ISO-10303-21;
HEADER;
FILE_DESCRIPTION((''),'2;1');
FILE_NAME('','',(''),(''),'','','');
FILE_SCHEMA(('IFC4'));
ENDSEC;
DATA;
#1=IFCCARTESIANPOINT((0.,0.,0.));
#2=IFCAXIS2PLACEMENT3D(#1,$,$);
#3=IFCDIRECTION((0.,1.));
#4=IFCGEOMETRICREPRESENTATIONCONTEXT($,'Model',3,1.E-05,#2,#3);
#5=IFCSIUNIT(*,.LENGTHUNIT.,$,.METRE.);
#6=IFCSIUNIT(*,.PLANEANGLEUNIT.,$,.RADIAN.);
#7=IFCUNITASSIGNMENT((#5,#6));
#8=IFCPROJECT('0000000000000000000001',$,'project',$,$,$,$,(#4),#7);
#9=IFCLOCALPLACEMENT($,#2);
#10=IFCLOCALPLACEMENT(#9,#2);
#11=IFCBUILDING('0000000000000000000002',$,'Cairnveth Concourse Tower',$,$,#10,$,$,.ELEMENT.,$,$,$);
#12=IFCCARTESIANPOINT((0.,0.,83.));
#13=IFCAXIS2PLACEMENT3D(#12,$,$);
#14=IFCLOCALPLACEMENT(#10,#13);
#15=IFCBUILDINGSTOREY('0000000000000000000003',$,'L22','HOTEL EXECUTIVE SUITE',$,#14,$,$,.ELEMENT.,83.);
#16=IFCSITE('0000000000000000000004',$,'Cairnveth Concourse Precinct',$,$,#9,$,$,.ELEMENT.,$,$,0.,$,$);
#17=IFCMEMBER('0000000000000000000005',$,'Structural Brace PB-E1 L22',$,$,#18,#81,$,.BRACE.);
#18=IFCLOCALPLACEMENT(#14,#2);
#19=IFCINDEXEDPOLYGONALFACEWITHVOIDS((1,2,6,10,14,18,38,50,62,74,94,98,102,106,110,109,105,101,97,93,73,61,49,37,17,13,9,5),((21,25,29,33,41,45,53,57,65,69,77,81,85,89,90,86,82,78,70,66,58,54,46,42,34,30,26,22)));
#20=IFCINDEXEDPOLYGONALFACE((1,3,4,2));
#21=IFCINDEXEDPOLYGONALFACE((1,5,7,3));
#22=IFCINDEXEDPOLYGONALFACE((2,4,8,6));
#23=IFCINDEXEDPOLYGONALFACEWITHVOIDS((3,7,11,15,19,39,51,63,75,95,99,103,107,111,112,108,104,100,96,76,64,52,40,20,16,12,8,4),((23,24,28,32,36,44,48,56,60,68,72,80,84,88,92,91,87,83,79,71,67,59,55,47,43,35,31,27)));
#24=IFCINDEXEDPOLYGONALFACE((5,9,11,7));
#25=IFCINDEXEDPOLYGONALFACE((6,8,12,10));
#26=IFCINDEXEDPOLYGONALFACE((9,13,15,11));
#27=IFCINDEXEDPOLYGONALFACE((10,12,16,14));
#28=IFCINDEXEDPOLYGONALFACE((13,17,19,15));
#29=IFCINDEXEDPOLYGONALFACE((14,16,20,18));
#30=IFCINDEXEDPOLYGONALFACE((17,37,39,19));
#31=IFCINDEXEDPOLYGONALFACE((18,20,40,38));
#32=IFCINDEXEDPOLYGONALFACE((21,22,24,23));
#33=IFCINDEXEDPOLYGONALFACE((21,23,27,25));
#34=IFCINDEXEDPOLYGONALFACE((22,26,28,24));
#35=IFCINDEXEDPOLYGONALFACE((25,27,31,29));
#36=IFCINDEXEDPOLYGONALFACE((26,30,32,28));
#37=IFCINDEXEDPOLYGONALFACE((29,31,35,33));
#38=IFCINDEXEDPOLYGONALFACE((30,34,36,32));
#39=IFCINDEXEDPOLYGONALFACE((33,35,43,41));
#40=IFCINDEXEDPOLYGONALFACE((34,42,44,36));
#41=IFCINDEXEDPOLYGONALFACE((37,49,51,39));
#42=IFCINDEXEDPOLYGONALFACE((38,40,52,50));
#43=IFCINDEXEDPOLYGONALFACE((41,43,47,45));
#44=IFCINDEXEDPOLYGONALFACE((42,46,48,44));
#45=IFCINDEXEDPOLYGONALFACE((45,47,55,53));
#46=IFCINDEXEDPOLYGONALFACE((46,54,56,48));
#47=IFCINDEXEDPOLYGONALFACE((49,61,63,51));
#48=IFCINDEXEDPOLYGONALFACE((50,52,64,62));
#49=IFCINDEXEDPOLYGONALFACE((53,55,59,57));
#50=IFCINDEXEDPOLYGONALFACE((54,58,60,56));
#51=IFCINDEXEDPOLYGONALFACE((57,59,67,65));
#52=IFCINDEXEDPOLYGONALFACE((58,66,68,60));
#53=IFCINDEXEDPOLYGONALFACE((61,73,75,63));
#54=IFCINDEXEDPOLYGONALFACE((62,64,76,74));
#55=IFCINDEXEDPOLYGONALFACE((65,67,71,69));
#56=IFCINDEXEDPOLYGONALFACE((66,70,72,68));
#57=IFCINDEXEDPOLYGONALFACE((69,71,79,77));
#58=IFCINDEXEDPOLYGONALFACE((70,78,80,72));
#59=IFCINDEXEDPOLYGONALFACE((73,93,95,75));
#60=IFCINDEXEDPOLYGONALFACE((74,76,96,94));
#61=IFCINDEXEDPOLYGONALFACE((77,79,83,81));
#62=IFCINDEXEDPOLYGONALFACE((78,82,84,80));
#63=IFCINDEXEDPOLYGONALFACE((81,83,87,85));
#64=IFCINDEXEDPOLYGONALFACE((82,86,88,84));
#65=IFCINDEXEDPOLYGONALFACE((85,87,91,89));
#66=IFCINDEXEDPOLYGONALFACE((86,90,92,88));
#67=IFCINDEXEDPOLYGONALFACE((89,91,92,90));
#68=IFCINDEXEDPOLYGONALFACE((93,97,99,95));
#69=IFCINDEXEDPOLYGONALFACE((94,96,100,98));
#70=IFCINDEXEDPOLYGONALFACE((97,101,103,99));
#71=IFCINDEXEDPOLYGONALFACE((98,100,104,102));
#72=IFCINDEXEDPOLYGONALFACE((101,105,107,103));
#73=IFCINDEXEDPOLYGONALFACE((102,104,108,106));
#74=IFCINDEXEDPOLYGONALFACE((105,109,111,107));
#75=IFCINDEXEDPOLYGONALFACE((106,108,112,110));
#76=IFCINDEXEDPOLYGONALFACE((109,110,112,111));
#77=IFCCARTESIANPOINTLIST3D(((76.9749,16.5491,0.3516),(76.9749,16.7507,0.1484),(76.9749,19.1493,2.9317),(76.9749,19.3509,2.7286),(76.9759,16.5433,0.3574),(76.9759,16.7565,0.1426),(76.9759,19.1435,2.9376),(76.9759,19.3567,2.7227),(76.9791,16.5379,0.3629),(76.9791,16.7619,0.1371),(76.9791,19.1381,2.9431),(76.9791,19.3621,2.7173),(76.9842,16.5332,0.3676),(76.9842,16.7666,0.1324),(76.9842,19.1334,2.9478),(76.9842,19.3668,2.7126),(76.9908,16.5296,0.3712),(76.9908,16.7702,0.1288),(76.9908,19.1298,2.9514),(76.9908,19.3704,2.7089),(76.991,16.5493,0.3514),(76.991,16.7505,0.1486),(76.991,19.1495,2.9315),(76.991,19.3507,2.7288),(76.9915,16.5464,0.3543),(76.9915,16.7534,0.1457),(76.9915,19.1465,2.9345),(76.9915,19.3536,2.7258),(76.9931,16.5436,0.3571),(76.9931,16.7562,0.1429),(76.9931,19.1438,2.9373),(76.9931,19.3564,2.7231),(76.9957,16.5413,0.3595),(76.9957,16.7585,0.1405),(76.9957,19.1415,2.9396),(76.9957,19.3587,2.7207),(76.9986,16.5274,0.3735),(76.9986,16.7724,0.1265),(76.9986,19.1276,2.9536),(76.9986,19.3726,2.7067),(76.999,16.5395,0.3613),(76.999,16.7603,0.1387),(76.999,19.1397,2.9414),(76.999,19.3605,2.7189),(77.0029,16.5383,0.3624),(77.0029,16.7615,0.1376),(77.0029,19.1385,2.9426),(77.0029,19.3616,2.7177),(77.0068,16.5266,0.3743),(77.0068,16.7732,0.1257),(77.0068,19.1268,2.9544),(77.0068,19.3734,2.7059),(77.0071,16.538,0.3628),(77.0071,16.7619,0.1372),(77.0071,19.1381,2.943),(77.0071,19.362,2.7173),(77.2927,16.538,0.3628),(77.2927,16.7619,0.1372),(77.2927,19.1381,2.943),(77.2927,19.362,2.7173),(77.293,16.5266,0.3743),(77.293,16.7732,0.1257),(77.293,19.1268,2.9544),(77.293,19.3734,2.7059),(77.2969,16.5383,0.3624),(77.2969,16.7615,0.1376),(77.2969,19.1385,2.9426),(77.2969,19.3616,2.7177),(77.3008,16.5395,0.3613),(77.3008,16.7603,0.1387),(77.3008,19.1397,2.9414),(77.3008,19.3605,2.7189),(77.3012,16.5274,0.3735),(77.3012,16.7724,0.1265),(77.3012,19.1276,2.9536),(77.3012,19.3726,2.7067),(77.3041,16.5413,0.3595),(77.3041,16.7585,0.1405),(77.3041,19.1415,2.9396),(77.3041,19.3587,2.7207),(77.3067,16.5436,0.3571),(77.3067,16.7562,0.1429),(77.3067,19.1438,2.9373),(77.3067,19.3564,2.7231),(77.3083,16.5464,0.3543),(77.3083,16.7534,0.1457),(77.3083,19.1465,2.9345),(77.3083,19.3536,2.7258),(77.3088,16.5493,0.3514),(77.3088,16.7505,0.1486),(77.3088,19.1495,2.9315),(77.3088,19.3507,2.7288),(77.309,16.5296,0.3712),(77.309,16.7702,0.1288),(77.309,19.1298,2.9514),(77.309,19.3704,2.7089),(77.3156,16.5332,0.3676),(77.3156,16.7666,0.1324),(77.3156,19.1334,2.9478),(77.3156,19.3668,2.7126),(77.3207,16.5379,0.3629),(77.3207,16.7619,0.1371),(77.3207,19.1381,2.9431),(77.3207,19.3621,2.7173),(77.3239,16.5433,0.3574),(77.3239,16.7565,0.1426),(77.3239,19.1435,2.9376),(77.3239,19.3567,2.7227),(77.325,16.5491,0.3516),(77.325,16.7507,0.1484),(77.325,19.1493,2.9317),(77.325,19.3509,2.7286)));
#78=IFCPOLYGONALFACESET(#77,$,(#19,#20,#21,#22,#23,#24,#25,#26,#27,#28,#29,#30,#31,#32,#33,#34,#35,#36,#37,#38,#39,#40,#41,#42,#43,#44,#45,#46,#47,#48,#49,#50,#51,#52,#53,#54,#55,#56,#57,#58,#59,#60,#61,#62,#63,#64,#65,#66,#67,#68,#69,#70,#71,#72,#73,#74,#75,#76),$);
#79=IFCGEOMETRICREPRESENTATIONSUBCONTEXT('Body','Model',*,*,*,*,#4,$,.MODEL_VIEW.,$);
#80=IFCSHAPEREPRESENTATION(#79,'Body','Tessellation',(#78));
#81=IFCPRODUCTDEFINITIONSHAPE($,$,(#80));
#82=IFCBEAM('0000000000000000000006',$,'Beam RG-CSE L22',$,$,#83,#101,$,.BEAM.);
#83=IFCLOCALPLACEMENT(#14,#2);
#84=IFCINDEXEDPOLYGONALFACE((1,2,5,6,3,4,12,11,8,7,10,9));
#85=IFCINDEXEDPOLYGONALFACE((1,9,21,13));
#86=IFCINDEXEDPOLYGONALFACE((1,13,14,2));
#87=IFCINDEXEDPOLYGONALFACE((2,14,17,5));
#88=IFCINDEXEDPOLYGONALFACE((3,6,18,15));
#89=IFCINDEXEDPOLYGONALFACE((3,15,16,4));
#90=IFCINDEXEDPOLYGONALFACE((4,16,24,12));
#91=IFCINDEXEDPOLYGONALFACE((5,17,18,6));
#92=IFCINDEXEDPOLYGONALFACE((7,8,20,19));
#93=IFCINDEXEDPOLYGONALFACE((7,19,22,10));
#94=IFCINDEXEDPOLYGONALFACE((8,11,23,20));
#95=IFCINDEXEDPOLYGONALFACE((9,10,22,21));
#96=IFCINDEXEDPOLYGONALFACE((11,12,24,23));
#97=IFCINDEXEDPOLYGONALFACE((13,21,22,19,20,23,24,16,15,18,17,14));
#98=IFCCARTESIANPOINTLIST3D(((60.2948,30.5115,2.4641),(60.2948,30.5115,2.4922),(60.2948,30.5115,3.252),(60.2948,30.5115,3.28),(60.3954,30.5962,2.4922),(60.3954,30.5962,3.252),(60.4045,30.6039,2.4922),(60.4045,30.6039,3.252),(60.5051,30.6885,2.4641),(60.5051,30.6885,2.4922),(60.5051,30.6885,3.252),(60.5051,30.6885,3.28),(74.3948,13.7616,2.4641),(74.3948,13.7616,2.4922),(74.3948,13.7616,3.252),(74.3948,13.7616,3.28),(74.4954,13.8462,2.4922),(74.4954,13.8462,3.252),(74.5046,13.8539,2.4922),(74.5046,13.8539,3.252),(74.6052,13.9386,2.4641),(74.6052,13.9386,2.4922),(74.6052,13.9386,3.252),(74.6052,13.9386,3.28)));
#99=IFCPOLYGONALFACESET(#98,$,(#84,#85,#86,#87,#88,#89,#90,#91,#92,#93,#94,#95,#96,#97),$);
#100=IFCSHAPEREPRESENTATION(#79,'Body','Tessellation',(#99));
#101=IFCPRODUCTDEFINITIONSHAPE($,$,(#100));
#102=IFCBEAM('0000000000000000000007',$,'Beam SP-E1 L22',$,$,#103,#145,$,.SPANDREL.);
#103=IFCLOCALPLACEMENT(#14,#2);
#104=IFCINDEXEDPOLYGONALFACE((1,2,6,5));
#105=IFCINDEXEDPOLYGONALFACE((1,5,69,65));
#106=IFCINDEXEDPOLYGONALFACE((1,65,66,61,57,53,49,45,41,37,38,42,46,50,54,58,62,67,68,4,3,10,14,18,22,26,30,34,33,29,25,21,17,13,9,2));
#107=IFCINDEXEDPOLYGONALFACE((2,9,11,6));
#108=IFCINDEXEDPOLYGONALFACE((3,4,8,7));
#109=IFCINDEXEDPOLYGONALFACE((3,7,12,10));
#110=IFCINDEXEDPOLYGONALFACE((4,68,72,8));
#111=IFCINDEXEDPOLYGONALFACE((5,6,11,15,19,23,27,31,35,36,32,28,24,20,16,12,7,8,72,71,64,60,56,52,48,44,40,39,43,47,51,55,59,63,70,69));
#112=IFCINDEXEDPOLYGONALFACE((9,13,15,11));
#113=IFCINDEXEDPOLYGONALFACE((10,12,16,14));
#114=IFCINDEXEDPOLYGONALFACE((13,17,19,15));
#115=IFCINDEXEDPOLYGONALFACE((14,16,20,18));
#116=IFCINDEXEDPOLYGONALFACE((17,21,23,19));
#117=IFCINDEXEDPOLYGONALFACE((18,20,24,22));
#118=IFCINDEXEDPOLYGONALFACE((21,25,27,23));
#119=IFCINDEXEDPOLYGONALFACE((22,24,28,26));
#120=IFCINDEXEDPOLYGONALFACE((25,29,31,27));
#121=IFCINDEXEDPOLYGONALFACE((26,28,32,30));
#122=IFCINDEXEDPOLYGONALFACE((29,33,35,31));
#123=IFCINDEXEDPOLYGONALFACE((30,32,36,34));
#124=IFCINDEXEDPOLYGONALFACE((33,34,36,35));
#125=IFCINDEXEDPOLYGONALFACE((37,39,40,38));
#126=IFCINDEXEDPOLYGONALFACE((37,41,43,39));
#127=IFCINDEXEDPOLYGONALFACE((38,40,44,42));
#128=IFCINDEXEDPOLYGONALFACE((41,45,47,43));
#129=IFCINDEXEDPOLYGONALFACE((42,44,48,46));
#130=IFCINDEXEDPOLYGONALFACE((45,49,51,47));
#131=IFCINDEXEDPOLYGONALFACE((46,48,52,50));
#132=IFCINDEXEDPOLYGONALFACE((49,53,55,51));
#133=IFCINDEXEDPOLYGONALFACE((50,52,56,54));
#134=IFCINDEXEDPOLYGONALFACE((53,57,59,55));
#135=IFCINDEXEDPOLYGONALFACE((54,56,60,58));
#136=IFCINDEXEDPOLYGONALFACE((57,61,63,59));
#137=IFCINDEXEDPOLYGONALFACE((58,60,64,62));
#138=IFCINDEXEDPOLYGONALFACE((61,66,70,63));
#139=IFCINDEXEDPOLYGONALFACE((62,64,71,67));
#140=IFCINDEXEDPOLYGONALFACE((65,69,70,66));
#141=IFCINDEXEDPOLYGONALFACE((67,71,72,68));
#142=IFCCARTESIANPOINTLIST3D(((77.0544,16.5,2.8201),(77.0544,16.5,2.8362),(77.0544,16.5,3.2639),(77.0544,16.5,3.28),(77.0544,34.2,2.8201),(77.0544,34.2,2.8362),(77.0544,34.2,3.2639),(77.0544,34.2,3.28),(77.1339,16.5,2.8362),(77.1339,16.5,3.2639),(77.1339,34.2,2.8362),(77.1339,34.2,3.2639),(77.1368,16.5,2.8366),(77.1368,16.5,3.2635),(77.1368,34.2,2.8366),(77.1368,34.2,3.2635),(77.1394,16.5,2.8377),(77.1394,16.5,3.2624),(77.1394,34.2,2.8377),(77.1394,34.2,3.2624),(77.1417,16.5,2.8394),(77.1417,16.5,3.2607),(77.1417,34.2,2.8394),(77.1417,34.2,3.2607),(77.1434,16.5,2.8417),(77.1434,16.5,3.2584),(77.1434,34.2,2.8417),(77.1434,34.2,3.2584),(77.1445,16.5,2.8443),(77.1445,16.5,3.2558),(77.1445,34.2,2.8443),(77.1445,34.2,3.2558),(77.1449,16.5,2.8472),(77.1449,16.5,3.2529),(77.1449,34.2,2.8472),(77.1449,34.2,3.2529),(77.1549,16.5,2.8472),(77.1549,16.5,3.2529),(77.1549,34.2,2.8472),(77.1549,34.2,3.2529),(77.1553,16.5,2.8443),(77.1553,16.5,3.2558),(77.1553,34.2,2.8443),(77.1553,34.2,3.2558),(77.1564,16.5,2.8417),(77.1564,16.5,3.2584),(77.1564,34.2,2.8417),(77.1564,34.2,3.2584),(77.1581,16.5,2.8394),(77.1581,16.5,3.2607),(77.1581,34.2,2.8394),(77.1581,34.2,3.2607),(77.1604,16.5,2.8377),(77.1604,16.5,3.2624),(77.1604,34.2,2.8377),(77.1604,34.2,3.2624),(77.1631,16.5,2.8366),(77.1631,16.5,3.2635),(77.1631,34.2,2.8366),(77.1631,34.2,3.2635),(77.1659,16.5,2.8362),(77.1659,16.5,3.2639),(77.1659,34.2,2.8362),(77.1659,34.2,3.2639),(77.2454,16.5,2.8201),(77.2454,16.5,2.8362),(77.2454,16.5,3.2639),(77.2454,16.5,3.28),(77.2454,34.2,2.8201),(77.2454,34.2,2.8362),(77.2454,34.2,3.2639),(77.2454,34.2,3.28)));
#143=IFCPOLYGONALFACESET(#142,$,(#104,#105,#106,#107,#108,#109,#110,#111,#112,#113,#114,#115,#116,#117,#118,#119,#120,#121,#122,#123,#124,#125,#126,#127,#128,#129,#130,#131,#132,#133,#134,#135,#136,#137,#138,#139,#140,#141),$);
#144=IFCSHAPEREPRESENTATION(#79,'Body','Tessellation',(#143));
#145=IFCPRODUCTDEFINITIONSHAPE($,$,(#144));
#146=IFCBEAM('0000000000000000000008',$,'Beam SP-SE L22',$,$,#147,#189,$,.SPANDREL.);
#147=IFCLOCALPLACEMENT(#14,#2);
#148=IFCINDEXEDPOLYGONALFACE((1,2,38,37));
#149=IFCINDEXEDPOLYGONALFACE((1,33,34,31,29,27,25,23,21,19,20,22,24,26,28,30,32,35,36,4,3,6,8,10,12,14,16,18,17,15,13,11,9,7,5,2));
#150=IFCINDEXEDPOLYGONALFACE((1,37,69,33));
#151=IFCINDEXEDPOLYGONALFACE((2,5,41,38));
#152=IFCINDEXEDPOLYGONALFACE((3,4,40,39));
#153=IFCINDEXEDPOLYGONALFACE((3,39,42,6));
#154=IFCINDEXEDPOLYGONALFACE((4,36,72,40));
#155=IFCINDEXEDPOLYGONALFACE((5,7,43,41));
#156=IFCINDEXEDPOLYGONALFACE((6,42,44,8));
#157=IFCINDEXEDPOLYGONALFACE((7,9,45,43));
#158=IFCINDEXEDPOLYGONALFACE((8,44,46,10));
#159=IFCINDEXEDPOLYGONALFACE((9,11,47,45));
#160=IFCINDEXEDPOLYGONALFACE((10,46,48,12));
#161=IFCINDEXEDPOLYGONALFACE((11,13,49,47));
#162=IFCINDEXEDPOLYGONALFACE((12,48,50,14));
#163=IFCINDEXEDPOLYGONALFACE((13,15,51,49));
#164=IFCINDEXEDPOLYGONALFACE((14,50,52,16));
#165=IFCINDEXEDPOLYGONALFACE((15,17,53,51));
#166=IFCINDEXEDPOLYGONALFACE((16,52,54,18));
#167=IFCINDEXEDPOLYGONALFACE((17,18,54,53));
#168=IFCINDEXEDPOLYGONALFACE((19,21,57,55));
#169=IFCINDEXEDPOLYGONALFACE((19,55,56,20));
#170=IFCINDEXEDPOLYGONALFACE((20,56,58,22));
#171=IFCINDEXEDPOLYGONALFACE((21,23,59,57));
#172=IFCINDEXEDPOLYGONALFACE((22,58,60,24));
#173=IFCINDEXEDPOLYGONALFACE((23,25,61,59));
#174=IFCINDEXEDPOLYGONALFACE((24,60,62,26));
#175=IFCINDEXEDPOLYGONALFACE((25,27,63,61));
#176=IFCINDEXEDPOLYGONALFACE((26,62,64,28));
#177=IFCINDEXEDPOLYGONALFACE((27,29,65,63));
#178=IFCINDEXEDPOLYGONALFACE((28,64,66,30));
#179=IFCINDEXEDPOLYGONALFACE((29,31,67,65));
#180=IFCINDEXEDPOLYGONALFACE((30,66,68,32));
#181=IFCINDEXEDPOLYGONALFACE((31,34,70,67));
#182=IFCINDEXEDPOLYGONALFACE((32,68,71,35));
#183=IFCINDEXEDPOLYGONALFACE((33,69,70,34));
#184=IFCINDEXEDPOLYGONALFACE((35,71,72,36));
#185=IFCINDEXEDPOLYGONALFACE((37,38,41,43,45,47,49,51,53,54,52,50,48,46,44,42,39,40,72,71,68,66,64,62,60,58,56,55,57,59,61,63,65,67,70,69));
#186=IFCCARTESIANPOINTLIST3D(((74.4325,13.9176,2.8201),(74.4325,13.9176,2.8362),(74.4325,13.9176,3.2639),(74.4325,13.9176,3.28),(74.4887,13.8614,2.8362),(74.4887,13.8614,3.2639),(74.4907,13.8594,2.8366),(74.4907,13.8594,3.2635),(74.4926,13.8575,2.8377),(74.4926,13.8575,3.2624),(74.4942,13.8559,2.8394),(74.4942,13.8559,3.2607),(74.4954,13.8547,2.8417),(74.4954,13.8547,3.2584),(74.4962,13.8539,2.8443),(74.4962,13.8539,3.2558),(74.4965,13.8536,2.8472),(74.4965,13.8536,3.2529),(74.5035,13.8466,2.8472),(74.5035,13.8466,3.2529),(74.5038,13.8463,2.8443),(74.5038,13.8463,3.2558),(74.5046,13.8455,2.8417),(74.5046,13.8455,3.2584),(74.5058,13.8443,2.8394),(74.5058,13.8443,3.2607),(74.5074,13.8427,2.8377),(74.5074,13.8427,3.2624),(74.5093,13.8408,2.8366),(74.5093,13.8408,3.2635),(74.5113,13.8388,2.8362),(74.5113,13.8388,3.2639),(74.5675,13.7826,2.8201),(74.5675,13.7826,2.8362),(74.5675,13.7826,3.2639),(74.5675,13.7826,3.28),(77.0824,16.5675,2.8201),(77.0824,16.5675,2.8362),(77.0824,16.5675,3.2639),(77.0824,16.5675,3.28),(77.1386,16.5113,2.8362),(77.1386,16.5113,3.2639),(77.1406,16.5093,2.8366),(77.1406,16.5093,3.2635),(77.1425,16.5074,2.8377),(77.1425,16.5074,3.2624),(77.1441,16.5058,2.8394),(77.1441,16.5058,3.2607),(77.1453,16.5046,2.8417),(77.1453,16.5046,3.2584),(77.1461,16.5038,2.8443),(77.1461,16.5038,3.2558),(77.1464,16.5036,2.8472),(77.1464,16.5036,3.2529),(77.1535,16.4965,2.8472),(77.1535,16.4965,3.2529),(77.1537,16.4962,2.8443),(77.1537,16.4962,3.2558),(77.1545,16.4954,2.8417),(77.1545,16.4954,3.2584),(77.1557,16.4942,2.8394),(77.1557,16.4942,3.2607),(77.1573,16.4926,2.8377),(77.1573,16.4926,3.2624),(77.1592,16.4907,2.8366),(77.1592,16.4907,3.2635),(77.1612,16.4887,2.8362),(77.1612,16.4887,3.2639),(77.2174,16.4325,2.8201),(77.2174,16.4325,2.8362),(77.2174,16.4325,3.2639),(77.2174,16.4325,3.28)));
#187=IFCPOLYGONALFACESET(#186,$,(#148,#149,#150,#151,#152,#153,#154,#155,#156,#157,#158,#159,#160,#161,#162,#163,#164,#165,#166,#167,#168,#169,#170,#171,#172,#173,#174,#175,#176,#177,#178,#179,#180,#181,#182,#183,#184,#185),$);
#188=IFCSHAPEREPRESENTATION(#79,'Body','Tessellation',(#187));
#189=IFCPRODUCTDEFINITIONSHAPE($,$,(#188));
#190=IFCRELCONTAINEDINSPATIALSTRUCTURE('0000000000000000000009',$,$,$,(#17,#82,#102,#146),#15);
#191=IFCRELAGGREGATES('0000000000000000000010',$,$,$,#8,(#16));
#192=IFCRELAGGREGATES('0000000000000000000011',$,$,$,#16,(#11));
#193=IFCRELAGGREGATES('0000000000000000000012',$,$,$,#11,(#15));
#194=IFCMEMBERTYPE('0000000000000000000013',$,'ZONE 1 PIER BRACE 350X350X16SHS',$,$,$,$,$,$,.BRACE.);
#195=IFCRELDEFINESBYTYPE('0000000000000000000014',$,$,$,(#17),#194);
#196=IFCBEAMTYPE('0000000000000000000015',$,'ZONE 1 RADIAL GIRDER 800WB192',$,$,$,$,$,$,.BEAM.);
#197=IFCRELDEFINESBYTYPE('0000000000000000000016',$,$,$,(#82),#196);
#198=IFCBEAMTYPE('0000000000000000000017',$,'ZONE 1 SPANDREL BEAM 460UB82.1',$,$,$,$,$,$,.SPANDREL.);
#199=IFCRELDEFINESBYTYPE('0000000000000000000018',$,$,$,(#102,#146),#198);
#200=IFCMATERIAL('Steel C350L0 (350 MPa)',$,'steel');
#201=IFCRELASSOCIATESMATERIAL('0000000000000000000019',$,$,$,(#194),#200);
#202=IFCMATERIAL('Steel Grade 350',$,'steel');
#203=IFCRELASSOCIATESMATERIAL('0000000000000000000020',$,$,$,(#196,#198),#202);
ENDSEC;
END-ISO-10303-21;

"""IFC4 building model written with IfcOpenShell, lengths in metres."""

from ifc_helpers import new_model, si_unit, direction, frame, origin, origin_2d, place, context, subcontext, project, spatial, hollow_rectangle, i_section, extrude, material, material_profile, profile_set, type_object, element, save


model = new_model("IFC4")

# Units and contexts
model_context = context("Model", 3, precision=1e-05, world=origin(), true_north=direction((0.0, 1.0)))
body_context = subcontext(model_context, "Body", "Model", "MODEL_VIEW")
ifc_project = project(units=[si_unit("LENGTHUNIT", "METRE"), si_unit("PLANEANGLEUNIT", "RADIAN")], contexts=[model_context])

# Site, building, storey
site_placement = place(None, origin())
site = spatial("IfcSite", under=ifc_project, at=site_placement, Name="Cairnveth Concourse Precinct", CompositionType="ELEMENT", RefElevation=0.0)
building_placement = place(site_placement, origin())
building = spatial("IfcBuilding", under=site, at=building_placement, Name="Cairnveth Concourse Tower", CompositionType="ELEMENT")
storey_placement = place(building_placement, frame((0.0, 0.0, 83.0)))
storey = spatial("IfcBuildingStorey", under=building, at=storey_placement, Name="L22", Description="HOTEL EXECUTIVE SUITE", CompositionType="ELEMENT", Elevation=83.0)

# Shared definitions
ifc_material_1 = material(Name="Steel Grade 350", Category="steel")

# Member
ifc_material_2 = material(Name="Steel C350L0 (350 MPa)", Category="steel")
ifc_material_profile_1 = material_profile(ifc_material_2, hollow_rectangle(XDim=0.3501, YDim=0.3501, WallThickness=0.0161, InnerFilletRadius=0.0161, OuterFilletRadius=0.032, at=origin_2d()), Name="350x350x16.0SHS")
ifc_profile_set_1 = profile_set([ifc_material_profile_1], Name="Steel C350L0 (350 MPa)")
member_type = type_object("IfcMemberType", Name="ZONE 1 PIER BRACE 350X350X16SHS", PredefinedType="BRACE", material=ifc_profile_set_1)
for number, where, z_axis, x_axis, name in (
    (1, (77.1499, 16.6499, 0.25), (0.0, 0.709834, 0.704369), (-1.0, 0.0, 0.0), "Structural Brace PB-E1 L22"),
):
    element("IfcMember", number, at=place(storey_placement, frame(where, z_axis=z_axis, x_axis=x_axis)), inside=storey, type_object=member_type, Name=name, PredefinedType="BRACE", context=body_context, shape_type="SweptSolid", body=[
        extrude(hollow_rectangle(XDim=0.3501, YDim=0.3501, WallThickness=0.0161, InnerFilletRadius=0.0161, OuterFilletRadius=0.032, at=origin_2d()), origin(), (0.0, 0.0, 1.0), 3.6631),
    ])

# Beams
ifc_material_profile_2 = material_profile(ifc_material_1, i_section(OverallWidth=0.2749, OverallDepth=0.8159, WebThickness=0.012, FlangeThickness=0.0281, at=origin_2d()), Name="800WB192")
ifc_profile_set_2 = profile_set([ifc_material_profile_2], Name="Steel Grade 350")
beam_type_1 = type_object("IfcBeamType", Name="ZONE 1 RADIAL GIRDER 800WB192", PredefinedType="BEAM", material=ifc_profile_set_2)
beam_1_placement = place(storey_placement, frame((74.5, 13.8501, 2.8721), z_axis=(-0.643998, 0.765027, 0.0), x_axis=(-0.765027, -0.643998, 0.0)))
element("IfcBeam", 2, at=beam_1_placement, inside=storey, type_object=beam_type_1, Name="Beam RG-CSE L22", PredefinedType="BEAM", context=body_context, shape_type="SweptSolid", body=[
    extrude(i_section(OverallWidth=0.2749, OverallDepth=0.8159, WebThickness=0.012, FlangeThickness=0.0281, at=origin_2d()), origin(), (0.0, 0.0, 1.0), 21.8945),
])
ifc_material_profile_3 = material_profile(ifc_material_1, i_section(OverallWidth=0.1909, OverallDepth=0.46, WebThickness=0.01, FlangeThickness=0.0161, FilletRadius=0.011, at=origin_2d()), Name="460UB82.1")
ifc_profile_set_3 = profile_set([ifc_material_profile_3], Name="Steel Grade 350")
beam_type_2 = type_object("IfcBeamType", Name="ZONE 1 SPANDREL BEAM 460UB82.1", PredefinedType="SPANDREL", material=ifc_profile_set_3)
beam_2_placement = place(storey_placement, frame((77.1499, 16.5, 3.05), z_axis=(0.0, 1.0, 0.0), x_axis=(-1.0, 0.0, 0.0)))
element("IfcBeam", 3, at=beam_2_placement, inside=storey, type_object=beam_type_2, Name="Beam SP-E1 L22", PredefinedType="SPANDREL", context=body_context, shape_type="SweptSolid", body=[
    extrude(i_section(OverallWidth=0.1909, OverallDepth=0.46, WebThickness=0.01, FlangeThickness=0.0161, FilletRadius=0.011, at=origin_2d()), origin(), (0.0, 0.0, 1.0), 17.7),
])
beam_3_placement = place(storey_placement, frame((74.5, 13.8501, 3.05), z_axis=(0.707107, 0.707107, 0.0), x_axis=(-0.707107, 0.707107, 0.0)))
element("IfcBeam", 4, at=beam_3_placement, inside=storey, type_object=beam_type_2, Name="Beam SP-SE L22", PredefinedType="SPANDREL", context=body_context, shape_type="SweptSolid", body=[
    extrude(i_section(OverallWidth=0.1909, OverallDepth=0.46, WebThickness=0.01, FlangeThickness=0.0161, FilletRadius=0.011, at=origin_2d()), origin(), (0.0, 0.0, 1.0), 3.7476),
])

save(model, "model.ifc")
